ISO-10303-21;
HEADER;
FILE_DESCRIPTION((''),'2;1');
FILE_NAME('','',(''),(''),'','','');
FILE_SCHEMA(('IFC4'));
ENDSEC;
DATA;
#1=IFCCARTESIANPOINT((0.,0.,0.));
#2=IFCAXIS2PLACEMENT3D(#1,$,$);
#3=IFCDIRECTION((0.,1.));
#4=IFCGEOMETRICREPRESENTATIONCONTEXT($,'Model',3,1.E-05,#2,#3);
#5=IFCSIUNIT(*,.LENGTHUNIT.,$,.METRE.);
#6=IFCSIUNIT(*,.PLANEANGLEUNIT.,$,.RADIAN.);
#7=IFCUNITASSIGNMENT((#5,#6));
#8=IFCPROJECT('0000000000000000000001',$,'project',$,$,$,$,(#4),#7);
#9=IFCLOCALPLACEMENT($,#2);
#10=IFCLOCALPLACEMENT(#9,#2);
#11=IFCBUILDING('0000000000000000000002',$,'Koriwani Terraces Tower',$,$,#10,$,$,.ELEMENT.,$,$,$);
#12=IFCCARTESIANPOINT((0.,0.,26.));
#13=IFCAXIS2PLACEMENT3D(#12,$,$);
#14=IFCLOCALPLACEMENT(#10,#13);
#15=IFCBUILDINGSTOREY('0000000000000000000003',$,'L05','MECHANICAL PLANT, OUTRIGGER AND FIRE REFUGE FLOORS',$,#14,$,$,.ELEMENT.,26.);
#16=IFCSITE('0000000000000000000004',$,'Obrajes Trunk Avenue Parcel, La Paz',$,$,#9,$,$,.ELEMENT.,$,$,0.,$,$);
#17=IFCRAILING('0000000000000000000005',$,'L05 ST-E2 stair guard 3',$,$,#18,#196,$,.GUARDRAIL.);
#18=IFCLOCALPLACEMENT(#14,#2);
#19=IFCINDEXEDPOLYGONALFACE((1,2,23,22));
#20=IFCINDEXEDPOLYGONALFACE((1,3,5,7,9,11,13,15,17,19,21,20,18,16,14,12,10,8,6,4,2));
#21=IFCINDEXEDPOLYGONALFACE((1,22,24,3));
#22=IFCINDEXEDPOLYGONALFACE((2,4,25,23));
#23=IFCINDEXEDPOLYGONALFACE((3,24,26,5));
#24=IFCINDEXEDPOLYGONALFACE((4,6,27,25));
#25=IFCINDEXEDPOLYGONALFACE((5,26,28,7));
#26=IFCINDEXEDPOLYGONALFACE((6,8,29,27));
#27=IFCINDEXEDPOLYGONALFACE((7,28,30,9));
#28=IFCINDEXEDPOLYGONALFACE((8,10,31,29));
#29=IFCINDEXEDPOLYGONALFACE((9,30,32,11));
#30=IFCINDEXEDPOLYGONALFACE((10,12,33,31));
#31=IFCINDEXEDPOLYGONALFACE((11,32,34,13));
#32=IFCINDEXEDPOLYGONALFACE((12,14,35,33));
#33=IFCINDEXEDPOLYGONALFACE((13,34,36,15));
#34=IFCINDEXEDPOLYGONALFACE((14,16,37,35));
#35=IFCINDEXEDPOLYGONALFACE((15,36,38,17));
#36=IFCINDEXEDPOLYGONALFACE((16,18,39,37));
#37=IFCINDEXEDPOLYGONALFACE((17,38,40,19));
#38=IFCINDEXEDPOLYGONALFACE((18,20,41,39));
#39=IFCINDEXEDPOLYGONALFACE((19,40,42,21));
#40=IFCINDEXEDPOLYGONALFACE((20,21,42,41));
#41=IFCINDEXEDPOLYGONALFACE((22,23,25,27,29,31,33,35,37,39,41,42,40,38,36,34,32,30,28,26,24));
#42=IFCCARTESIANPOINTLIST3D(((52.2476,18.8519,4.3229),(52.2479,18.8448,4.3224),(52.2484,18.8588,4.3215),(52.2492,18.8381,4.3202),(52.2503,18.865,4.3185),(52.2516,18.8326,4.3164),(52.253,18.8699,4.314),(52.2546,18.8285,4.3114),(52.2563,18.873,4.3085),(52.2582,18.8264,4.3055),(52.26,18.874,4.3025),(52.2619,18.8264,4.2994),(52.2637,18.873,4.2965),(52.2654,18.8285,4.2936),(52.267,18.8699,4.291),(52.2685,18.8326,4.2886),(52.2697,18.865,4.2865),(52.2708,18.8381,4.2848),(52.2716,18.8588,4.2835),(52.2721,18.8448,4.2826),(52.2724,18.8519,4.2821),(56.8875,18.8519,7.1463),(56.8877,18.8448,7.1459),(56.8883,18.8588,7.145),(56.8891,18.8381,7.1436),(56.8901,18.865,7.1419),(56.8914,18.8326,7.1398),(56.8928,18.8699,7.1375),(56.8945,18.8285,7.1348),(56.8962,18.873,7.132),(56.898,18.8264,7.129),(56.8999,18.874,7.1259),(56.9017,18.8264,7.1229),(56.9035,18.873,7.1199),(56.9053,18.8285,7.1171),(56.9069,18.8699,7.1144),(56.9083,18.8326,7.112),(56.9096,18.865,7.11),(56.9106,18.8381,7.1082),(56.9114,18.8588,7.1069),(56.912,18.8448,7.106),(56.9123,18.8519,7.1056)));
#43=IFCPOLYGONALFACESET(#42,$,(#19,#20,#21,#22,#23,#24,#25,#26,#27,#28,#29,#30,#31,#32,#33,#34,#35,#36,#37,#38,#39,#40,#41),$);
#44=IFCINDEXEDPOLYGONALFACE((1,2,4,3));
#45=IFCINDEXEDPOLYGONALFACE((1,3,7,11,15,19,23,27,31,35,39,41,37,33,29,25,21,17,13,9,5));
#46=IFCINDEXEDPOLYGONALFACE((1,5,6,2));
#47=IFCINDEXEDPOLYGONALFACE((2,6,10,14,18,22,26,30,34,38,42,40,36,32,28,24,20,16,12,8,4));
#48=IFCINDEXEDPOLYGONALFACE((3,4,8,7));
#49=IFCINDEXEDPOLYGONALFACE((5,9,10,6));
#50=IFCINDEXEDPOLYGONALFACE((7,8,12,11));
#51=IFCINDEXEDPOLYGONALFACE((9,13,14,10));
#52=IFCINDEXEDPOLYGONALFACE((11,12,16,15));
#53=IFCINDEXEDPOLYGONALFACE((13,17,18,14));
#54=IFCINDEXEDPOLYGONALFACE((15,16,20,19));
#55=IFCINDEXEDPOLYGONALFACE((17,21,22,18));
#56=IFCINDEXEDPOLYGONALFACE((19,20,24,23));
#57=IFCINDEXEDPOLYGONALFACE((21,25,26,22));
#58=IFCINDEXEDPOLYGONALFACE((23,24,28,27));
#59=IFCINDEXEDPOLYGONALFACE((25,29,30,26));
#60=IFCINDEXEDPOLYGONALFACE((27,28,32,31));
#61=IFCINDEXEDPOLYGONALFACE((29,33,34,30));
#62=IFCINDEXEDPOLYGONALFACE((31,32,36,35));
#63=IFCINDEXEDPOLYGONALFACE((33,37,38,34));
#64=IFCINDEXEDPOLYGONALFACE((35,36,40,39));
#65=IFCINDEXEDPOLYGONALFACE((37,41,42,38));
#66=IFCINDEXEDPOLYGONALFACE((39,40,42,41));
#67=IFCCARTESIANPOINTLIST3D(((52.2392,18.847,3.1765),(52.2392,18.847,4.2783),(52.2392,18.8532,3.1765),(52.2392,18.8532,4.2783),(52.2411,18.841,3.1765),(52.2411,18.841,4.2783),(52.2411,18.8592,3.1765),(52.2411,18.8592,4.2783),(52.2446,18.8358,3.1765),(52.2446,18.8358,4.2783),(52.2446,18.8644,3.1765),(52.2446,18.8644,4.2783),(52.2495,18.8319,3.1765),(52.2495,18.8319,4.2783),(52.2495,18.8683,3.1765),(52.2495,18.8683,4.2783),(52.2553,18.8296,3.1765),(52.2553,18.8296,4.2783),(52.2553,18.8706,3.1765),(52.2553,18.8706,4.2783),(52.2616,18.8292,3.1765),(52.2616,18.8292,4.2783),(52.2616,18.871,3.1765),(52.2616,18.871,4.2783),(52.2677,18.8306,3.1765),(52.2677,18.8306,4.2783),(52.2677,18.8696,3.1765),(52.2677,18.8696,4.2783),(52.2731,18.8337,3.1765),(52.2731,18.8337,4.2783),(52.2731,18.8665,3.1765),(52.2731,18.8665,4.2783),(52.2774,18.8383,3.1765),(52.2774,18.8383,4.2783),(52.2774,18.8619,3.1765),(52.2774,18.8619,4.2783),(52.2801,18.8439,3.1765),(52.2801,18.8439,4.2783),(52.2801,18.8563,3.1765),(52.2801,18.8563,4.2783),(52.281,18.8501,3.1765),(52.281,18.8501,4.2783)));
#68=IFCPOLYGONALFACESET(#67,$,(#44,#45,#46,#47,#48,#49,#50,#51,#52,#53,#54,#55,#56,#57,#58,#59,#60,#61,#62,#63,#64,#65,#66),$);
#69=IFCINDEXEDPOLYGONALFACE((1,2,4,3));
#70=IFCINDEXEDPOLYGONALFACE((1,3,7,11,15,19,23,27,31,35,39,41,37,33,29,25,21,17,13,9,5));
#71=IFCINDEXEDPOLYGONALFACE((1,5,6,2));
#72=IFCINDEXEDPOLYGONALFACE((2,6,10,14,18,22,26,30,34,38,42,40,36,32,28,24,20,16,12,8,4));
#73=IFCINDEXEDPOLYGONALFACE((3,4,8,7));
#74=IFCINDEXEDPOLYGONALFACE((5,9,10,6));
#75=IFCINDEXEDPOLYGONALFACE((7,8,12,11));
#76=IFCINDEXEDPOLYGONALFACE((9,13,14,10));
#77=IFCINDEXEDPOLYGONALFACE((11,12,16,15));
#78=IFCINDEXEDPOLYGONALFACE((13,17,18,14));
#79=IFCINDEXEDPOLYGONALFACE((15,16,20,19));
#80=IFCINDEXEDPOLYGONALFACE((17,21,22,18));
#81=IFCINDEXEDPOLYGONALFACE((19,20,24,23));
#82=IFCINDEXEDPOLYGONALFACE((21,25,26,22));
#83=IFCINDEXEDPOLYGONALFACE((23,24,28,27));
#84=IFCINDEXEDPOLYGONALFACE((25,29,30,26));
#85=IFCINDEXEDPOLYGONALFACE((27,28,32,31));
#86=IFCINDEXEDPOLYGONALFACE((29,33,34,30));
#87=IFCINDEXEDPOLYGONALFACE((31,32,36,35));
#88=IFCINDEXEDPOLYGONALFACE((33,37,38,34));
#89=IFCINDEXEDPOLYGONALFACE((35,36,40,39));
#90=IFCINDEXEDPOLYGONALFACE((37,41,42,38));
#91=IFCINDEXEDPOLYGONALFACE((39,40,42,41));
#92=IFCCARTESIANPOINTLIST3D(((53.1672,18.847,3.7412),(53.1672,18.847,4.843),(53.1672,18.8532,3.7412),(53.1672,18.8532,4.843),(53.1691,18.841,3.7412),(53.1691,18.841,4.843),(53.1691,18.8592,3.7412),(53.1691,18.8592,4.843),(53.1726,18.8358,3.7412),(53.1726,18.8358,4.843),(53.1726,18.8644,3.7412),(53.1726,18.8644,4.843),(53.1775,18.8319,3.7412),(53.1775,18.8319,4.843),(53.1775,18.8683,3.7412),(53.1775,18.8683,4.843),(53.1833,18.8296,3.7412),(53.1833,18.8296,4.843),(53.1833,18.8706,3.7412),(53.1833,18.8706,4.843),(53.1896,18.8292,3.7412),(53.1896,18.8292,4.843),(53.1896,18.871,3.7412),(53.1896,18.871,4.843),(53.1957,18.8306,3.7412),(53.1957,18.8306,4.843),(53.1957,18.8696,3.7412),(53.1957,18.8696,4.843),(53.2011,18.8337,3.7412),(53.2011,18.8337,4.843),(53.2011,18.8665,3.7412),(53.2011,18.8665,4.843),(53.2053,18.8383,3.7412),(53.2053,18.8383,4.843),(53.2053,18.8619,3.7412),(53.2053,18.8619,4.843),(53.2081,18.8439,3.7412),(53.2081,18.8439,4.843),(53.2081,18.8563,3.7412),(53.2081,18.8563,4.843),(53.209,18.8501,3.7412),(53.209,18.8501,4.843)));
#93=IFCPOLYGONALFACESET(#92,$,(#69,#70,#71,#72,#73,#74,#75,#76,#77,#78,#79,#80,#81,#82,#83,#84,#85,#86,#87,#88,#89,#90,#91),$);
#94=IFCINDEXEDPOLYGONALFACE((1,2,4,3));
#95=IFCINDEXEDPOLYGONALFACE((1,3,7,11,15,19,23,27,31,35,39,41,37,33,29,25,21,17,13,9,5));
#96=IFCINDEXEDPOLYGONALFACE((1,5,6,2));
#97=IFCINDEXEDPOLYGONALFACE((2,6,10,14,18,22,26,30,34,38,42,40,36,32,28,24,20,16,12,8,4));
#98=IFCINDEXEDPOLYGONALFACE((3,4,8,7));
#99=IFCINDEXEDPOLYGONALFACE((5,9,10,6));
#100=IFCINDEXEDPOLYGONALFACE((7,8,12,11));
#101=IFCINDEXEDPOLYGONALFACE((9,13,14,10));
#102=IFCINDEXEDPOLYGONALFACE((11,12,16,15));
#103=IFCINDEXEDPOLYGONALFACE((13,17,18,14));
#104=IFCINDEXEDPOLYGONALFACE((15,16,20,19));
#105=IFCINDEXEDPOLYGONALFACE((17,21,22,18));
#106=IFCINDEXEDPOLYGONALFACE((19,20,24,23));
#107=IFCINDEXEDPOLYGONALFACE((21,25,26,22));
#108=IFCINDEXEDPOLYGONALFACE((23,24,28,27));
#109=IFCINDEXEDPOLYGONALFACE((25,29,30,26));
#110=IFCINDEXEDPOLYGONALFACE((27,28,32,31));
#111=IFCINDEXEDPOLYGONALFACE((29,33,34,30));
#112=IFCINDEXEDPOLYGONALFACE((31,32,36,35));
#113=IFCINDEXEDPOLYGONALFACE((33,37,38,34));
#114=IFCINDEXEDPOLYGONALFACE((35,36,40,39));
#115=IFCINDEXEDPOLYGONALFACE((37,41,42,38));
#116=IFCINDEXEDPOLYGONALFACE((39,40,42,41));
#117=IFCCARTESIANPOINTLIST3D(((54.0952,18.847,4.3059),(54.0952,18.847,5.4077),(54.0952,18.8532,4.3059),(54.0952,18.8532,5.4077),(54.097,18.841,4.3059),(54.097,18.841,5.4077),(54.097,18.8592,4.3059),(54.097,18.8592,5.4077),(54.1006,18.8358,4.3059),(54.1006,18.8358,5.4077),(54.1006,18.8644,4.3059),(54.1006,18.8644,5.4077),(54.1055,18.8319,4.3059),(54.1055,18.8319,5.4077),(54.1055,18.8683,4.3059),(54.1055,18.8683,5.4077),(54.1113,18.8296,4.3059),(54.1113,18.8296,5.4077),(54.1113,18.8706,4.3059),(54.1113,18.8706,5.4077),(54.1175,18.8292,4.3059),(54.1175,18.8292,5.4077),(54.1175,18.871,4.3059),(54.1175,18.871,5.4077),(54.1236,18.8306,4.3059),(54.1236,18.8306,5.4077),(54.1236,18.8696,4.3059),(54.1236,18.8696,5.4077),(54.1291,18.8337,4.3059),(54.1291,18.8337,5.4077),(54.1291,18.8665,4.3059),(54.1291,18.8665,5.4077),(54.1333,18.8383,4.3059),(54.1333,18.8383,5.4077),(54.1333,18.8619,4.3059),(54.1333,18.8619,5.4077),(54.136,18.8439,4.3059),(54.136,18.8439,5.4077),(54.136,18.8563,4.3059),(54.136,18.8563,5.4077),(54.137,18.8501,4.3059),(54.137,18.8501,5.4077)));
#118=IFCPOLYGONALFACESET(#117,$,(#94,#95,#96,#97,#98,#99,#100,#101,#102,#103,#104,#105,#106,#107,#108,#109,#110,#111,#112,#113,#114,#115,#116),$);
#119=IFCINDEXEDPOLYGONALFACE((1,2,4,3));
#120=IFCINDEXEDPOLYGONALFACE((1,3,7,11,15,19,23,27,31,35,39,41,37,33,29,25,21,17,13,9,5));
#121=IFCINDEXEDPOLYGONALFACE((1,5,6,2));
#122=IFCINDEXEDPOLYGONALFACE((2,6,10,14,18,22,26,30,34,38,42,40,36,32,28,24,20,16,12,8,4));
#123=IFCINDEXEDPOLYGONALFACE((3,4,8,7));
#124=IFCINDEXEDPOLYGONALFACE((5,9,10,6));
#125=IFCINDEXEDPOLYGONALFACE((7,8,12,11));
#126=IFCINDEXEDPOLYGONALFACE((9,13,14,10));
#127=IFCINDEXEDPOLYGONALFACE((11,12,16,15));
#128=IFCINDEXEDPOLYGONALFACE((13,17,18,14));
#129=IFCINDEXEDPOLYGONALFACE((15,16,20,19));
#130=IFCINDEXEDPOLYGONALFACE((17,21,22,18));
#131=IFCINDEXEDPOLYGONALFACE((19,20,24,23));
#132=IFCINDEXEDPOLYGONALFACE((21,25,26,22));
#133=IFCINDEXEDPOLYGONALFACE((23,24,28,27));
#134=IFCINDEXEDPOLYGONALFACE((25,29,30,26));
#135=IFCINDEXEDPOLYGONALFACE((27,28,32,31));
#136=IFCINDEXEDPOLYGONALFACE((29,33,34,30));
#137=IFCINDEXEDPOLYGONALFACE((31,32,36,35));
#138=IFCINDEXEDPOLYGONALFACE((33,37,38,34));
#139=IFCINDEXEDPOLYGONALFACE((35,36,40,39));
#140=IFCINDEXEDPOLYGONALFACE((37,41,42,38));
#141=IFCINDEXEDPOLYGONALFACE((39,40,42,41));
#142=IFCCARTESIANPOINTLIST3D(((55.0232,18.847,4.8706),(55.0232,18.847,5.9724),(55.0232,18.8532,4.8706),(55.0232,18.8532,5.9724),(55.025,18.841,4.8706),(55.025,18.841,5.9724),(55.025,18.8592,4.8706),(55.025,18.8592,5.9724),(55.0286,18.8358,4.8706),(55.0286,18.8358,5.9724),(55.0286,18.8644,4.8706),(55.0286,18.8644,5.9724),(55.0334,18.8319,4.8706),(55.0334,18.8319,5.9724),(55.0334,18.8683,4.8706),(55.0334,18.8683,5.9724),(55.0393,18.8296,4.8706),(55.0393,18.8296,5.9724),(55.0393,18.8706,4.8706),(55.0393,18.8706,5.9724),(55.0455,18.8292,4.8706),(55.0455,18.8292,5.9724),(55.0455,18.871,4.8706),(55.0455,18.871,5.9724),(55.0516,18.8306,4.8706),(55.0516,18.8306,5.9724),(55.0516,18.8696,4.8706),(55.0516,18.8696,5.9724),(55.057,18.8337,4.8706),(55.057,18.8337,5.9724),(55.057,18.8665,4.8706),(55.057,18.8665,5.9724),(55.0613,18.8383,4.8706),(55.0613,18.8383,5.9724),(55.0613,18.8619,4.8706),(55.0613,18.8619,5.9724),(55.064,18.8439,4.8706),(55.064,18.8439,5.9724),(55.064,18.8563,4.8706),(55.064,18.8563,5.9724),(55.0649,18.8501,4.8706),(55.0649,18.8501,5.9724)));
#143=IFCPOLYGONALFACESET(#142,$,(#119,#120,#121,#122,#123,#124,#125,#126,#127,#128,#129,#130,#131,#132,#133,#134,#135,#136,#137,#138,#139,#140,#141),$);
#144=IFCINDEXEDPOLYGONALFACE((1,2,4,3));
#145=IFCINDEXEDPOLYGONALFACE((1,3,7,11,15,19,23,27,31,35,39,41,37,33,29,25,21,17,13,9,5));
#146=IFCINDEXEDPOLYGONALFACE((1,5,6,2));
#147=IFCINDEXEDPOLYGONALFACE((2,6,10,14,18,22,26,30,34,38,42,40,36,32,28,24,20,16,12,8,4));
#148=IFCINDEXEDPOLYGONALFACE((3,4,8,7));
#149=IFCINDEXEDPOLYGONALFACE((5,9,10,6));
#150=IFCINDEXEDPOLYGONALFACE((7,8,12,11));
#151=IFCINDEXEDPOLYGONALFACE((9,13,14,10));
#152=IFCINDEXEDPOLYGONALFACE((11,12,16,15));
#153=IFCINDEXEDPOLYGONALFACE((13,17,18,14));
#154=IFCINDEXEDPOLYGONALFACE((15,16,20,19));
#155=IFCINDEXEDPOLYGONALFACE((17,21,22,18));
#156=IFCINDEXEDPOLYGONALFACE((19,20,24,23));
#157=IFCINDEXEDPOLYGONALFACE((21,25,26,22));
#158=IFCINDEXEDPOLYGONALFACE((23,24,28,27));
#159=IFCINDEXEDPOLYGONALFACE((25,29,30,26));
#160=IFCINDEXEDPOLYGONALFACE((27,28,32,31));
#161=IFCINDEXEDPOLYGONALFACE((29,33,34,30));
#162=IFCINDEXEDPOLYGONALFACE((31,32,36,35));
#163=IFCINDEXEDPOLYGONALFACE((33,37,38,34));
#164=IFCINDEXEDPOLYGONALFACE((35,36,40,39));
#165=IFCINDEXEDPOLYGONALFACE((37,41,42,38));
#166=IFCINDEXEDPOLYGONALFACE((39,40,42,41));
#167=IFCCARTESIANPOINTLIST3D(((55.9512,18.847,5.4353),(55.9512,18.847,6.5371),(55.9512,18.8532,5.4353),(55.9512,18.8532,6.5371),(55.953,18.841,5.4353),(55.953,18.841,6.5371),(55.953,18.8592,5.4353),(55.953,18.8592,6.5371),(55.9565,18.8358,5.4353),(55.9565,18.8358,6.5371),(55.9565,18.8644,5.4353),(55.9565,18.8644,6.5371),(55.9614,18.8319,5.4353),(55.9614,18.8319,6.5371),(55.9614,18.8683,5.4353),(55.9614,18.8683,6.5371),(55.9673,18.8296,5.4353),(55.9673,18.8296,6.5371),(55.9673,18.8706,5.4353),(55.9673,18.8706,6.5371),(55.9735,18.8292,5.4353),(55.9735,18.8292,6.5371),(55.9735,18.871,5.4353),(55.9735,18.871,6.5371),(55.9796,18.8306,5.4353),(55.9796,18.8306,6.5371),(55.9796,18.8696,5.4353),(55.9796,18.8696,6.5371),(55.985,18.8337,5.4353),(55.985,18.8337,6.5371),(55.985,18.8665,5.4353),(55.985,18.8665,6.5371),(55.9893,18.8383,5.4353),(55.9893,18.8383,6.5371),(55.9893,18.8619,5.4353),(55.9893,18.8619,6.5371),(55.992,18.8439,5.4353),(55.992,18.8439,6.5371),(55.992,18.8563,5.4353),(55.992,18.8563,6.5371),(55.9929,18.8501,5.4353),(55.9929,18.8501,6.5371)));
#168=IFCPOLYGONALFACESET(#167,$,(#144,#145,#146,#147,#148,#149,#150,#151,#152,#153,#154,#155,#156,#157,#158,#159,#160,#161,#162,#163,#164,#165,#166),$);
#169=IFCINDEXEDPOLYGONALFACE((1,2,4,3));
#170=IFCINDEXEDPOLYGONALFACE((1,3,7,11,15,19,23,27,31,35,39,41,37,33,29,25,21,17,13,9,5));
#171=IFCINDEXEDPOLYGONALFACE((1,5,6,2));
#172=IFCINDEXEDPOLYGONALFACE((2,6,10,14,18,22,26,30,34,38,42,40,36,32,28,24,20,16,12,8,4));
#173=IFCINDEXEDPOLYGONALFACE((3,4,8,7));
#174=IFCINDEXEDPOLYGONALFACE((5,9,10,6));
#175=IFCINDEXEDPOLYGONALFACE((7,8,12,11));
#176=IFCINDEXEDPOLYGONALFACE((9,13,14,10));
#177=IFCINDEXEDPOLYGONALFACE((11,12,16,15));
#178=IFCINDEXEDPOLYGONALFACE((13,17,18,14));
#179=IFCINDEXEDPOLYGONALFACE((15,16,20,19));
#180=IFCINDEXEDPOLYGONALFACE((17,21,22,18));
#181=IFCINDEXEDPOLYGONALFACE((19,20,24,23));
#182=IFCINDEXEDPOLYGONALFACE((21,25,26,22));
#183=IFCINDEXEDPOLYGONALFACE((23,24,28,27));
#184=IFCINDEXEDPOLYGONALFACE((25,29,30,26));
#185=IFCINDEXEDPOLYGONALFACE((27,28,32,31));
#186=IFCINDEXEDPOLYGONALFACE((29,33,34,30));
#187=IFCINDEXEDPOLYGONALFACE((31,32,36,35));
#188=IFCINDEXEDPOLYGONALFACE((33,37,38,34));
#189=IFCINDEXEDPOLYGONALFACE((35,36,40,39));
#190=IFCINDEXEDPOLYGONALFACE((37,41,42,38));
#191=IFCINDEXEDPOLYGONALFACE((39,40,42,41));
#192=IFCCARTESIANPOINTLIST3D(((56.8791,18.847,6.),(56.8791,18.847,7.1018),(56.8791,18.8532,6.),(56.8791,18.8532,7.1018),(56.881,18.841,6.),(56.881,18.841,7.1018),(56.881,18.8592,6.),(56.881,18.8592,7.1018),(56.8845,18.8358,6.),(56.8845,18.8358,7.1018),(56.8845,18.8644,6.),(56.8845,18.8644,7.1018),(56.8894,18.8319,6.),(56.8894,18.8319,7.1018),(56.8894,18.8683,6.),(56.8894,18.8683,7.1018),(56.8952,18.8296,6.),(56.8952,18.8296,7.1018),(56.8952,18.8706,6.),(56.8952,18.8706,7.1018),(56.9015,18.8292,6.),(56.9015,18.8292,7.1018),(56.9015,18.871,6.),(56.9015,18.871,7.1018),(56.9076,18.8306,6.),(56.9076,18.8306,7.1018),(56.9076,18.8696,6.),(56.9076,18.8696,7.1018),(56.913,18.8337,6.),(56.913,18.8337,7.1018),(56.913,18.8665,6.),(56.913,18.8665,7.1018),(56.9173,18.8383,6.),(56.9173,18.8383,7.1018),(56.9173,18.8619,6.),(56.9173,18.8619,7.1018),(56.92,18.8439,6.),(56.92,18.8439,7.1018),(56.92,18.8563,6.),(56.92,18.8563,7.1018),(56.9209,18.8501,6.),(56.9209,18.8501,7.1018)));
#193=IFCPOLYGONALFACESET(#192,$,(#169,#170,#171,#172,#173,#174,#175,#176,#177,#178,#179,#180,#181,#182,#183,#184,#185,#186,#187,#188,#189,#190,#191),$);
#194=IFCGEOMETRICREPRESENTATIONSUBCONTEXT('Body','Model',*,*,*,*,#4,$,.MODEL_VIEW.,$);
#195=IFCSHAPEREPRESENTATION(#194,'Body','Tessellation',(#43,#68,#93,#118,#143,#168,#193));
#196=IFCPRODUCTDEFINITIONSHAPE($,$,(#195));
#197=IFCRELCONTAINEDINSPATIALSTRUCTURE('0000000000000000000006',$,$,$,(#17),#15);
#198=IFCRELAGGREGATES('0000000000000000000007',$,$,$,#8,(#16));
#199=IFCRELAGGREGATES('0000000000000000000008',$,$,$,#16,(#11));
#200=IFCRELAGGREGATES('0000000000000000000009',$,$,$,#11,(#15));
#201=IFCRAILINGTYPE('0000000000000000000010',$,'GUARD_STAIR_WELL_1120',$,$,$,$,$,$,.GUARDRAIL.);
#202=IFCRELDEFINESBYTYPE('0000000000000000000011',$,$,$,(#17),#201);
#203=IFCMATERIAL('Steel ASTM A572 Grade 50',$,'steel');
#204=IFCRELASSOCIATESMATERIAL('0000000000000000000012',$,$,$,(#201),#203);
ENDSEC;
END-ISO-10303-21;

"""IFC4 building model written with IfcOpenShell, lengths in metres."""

from ifc_helpers import new_model, si_unit, direction, frame, origin, origin_2d, place, context, subcontext, project, spatial, circle, extrude, material, type_object, element, save


model = new_model("IFC4")

# Units and contexts
model_context = context("Model", 3, precision=1e-05, world=origin(), true_north=direction((0.0, 1.0)))
body_context = subcontext(model_context, "Body", "Model", "MODEL_VIEW")
ifc_project = project(units=[si_unit("LENGTHUNIT", "METRE"), si_unit("PLANEANGLEUNIT", "RADIAN")], contexts=[model_context])

# Site, building, storey
site_placement = place(None, origin())
site = spatial("IfcSite", under=ifc_project, at=site_placement, Name="Obrajes Trunk Avenue Parcel, La Paz", CompositionType="ELEMENT", RefElevation=0.0)
building_placement = place(site_placement, origin())
building = spatial("IfcBuilding", under=site, at=building_placement, Name="Koriwani Terraces Tower", CompositionType="ELEMENT")
storey_placement = place(building_placement, frame((0.0, 0.0, 26.0)))
storey = spatial("IfcBuildingStorey", under=building, at=storey_placement, Name="L05", Description="MECHANICAL PLANT, OUTRIGGER AND FIRE REFUGE FLOORS", CompositionType="ELEMENT", Elevation=26.0)

# Shared definitions
ifc_material_1 = material(Name="Steel ASTM A572 Grade 50", Category="steel")

# Railing
railing_type_1 = type_object("IfcRailingType", Name="GUARD_STAIR_WELL_1120", PredefinedType="GUARDRAIL", material=ifc_material_1)
railing_1_placement = place(storey_placement, frame((52.26, 18.8501, 3.1765)))
element("IfcRailing", 1, at=railing_1_placement, inside=storey, type_object=railing_type_1, Name="L05 ST-E2 stair guard 3", PredefinedType="GUARDRAIL", context=body_context, shape_type="SweptSolid", body=[
    extrude(circle(Radius=0.0239, at=origin_2d()), frame((0.0, 0.0, 1.126), z_axis=(0.854264, 0.0, 0.51984), x_axis=(0.0, 1.0, 0.0)), (0.0, 0.0, 1.0), 5.4314),
    extrude(circle(Radius=0.021, at=origin_2d()), origin(), (0.0, 0.0, 1.0), 1.1018),
    extrude(circle(Radius=0.021, at=origin_2d()), frame((0.928, 0.0, 0.5647)), (0.0, 0.0, 1.0), 1.1018),
    extrude(circle(Radius=0.021, at=origin_2d()), frame((1.856, 0.0, 1.1294)), (0.0, 0.0, 1.0), 1.1018),
    extrude(circle(Radius=0.021, at=origin_2d()), frame((2.7839, 0.0, 1.6941)), (0.0, 0.0, 1.0), 1.1018),
    extrude(circle(Radius=0.021, at=origin_2d()), frame((3.7119, 0.0, 2.2588)), (0.0, 0.0, 1.0), 1.1018),
    extrude(circle(Radius=0.021, at=origin_2d()), frame((4.6399, 0.0, 2.8235)), (0.0, 0.0, 1.0), 1.1018),
])

save(model, "model.ifc")
